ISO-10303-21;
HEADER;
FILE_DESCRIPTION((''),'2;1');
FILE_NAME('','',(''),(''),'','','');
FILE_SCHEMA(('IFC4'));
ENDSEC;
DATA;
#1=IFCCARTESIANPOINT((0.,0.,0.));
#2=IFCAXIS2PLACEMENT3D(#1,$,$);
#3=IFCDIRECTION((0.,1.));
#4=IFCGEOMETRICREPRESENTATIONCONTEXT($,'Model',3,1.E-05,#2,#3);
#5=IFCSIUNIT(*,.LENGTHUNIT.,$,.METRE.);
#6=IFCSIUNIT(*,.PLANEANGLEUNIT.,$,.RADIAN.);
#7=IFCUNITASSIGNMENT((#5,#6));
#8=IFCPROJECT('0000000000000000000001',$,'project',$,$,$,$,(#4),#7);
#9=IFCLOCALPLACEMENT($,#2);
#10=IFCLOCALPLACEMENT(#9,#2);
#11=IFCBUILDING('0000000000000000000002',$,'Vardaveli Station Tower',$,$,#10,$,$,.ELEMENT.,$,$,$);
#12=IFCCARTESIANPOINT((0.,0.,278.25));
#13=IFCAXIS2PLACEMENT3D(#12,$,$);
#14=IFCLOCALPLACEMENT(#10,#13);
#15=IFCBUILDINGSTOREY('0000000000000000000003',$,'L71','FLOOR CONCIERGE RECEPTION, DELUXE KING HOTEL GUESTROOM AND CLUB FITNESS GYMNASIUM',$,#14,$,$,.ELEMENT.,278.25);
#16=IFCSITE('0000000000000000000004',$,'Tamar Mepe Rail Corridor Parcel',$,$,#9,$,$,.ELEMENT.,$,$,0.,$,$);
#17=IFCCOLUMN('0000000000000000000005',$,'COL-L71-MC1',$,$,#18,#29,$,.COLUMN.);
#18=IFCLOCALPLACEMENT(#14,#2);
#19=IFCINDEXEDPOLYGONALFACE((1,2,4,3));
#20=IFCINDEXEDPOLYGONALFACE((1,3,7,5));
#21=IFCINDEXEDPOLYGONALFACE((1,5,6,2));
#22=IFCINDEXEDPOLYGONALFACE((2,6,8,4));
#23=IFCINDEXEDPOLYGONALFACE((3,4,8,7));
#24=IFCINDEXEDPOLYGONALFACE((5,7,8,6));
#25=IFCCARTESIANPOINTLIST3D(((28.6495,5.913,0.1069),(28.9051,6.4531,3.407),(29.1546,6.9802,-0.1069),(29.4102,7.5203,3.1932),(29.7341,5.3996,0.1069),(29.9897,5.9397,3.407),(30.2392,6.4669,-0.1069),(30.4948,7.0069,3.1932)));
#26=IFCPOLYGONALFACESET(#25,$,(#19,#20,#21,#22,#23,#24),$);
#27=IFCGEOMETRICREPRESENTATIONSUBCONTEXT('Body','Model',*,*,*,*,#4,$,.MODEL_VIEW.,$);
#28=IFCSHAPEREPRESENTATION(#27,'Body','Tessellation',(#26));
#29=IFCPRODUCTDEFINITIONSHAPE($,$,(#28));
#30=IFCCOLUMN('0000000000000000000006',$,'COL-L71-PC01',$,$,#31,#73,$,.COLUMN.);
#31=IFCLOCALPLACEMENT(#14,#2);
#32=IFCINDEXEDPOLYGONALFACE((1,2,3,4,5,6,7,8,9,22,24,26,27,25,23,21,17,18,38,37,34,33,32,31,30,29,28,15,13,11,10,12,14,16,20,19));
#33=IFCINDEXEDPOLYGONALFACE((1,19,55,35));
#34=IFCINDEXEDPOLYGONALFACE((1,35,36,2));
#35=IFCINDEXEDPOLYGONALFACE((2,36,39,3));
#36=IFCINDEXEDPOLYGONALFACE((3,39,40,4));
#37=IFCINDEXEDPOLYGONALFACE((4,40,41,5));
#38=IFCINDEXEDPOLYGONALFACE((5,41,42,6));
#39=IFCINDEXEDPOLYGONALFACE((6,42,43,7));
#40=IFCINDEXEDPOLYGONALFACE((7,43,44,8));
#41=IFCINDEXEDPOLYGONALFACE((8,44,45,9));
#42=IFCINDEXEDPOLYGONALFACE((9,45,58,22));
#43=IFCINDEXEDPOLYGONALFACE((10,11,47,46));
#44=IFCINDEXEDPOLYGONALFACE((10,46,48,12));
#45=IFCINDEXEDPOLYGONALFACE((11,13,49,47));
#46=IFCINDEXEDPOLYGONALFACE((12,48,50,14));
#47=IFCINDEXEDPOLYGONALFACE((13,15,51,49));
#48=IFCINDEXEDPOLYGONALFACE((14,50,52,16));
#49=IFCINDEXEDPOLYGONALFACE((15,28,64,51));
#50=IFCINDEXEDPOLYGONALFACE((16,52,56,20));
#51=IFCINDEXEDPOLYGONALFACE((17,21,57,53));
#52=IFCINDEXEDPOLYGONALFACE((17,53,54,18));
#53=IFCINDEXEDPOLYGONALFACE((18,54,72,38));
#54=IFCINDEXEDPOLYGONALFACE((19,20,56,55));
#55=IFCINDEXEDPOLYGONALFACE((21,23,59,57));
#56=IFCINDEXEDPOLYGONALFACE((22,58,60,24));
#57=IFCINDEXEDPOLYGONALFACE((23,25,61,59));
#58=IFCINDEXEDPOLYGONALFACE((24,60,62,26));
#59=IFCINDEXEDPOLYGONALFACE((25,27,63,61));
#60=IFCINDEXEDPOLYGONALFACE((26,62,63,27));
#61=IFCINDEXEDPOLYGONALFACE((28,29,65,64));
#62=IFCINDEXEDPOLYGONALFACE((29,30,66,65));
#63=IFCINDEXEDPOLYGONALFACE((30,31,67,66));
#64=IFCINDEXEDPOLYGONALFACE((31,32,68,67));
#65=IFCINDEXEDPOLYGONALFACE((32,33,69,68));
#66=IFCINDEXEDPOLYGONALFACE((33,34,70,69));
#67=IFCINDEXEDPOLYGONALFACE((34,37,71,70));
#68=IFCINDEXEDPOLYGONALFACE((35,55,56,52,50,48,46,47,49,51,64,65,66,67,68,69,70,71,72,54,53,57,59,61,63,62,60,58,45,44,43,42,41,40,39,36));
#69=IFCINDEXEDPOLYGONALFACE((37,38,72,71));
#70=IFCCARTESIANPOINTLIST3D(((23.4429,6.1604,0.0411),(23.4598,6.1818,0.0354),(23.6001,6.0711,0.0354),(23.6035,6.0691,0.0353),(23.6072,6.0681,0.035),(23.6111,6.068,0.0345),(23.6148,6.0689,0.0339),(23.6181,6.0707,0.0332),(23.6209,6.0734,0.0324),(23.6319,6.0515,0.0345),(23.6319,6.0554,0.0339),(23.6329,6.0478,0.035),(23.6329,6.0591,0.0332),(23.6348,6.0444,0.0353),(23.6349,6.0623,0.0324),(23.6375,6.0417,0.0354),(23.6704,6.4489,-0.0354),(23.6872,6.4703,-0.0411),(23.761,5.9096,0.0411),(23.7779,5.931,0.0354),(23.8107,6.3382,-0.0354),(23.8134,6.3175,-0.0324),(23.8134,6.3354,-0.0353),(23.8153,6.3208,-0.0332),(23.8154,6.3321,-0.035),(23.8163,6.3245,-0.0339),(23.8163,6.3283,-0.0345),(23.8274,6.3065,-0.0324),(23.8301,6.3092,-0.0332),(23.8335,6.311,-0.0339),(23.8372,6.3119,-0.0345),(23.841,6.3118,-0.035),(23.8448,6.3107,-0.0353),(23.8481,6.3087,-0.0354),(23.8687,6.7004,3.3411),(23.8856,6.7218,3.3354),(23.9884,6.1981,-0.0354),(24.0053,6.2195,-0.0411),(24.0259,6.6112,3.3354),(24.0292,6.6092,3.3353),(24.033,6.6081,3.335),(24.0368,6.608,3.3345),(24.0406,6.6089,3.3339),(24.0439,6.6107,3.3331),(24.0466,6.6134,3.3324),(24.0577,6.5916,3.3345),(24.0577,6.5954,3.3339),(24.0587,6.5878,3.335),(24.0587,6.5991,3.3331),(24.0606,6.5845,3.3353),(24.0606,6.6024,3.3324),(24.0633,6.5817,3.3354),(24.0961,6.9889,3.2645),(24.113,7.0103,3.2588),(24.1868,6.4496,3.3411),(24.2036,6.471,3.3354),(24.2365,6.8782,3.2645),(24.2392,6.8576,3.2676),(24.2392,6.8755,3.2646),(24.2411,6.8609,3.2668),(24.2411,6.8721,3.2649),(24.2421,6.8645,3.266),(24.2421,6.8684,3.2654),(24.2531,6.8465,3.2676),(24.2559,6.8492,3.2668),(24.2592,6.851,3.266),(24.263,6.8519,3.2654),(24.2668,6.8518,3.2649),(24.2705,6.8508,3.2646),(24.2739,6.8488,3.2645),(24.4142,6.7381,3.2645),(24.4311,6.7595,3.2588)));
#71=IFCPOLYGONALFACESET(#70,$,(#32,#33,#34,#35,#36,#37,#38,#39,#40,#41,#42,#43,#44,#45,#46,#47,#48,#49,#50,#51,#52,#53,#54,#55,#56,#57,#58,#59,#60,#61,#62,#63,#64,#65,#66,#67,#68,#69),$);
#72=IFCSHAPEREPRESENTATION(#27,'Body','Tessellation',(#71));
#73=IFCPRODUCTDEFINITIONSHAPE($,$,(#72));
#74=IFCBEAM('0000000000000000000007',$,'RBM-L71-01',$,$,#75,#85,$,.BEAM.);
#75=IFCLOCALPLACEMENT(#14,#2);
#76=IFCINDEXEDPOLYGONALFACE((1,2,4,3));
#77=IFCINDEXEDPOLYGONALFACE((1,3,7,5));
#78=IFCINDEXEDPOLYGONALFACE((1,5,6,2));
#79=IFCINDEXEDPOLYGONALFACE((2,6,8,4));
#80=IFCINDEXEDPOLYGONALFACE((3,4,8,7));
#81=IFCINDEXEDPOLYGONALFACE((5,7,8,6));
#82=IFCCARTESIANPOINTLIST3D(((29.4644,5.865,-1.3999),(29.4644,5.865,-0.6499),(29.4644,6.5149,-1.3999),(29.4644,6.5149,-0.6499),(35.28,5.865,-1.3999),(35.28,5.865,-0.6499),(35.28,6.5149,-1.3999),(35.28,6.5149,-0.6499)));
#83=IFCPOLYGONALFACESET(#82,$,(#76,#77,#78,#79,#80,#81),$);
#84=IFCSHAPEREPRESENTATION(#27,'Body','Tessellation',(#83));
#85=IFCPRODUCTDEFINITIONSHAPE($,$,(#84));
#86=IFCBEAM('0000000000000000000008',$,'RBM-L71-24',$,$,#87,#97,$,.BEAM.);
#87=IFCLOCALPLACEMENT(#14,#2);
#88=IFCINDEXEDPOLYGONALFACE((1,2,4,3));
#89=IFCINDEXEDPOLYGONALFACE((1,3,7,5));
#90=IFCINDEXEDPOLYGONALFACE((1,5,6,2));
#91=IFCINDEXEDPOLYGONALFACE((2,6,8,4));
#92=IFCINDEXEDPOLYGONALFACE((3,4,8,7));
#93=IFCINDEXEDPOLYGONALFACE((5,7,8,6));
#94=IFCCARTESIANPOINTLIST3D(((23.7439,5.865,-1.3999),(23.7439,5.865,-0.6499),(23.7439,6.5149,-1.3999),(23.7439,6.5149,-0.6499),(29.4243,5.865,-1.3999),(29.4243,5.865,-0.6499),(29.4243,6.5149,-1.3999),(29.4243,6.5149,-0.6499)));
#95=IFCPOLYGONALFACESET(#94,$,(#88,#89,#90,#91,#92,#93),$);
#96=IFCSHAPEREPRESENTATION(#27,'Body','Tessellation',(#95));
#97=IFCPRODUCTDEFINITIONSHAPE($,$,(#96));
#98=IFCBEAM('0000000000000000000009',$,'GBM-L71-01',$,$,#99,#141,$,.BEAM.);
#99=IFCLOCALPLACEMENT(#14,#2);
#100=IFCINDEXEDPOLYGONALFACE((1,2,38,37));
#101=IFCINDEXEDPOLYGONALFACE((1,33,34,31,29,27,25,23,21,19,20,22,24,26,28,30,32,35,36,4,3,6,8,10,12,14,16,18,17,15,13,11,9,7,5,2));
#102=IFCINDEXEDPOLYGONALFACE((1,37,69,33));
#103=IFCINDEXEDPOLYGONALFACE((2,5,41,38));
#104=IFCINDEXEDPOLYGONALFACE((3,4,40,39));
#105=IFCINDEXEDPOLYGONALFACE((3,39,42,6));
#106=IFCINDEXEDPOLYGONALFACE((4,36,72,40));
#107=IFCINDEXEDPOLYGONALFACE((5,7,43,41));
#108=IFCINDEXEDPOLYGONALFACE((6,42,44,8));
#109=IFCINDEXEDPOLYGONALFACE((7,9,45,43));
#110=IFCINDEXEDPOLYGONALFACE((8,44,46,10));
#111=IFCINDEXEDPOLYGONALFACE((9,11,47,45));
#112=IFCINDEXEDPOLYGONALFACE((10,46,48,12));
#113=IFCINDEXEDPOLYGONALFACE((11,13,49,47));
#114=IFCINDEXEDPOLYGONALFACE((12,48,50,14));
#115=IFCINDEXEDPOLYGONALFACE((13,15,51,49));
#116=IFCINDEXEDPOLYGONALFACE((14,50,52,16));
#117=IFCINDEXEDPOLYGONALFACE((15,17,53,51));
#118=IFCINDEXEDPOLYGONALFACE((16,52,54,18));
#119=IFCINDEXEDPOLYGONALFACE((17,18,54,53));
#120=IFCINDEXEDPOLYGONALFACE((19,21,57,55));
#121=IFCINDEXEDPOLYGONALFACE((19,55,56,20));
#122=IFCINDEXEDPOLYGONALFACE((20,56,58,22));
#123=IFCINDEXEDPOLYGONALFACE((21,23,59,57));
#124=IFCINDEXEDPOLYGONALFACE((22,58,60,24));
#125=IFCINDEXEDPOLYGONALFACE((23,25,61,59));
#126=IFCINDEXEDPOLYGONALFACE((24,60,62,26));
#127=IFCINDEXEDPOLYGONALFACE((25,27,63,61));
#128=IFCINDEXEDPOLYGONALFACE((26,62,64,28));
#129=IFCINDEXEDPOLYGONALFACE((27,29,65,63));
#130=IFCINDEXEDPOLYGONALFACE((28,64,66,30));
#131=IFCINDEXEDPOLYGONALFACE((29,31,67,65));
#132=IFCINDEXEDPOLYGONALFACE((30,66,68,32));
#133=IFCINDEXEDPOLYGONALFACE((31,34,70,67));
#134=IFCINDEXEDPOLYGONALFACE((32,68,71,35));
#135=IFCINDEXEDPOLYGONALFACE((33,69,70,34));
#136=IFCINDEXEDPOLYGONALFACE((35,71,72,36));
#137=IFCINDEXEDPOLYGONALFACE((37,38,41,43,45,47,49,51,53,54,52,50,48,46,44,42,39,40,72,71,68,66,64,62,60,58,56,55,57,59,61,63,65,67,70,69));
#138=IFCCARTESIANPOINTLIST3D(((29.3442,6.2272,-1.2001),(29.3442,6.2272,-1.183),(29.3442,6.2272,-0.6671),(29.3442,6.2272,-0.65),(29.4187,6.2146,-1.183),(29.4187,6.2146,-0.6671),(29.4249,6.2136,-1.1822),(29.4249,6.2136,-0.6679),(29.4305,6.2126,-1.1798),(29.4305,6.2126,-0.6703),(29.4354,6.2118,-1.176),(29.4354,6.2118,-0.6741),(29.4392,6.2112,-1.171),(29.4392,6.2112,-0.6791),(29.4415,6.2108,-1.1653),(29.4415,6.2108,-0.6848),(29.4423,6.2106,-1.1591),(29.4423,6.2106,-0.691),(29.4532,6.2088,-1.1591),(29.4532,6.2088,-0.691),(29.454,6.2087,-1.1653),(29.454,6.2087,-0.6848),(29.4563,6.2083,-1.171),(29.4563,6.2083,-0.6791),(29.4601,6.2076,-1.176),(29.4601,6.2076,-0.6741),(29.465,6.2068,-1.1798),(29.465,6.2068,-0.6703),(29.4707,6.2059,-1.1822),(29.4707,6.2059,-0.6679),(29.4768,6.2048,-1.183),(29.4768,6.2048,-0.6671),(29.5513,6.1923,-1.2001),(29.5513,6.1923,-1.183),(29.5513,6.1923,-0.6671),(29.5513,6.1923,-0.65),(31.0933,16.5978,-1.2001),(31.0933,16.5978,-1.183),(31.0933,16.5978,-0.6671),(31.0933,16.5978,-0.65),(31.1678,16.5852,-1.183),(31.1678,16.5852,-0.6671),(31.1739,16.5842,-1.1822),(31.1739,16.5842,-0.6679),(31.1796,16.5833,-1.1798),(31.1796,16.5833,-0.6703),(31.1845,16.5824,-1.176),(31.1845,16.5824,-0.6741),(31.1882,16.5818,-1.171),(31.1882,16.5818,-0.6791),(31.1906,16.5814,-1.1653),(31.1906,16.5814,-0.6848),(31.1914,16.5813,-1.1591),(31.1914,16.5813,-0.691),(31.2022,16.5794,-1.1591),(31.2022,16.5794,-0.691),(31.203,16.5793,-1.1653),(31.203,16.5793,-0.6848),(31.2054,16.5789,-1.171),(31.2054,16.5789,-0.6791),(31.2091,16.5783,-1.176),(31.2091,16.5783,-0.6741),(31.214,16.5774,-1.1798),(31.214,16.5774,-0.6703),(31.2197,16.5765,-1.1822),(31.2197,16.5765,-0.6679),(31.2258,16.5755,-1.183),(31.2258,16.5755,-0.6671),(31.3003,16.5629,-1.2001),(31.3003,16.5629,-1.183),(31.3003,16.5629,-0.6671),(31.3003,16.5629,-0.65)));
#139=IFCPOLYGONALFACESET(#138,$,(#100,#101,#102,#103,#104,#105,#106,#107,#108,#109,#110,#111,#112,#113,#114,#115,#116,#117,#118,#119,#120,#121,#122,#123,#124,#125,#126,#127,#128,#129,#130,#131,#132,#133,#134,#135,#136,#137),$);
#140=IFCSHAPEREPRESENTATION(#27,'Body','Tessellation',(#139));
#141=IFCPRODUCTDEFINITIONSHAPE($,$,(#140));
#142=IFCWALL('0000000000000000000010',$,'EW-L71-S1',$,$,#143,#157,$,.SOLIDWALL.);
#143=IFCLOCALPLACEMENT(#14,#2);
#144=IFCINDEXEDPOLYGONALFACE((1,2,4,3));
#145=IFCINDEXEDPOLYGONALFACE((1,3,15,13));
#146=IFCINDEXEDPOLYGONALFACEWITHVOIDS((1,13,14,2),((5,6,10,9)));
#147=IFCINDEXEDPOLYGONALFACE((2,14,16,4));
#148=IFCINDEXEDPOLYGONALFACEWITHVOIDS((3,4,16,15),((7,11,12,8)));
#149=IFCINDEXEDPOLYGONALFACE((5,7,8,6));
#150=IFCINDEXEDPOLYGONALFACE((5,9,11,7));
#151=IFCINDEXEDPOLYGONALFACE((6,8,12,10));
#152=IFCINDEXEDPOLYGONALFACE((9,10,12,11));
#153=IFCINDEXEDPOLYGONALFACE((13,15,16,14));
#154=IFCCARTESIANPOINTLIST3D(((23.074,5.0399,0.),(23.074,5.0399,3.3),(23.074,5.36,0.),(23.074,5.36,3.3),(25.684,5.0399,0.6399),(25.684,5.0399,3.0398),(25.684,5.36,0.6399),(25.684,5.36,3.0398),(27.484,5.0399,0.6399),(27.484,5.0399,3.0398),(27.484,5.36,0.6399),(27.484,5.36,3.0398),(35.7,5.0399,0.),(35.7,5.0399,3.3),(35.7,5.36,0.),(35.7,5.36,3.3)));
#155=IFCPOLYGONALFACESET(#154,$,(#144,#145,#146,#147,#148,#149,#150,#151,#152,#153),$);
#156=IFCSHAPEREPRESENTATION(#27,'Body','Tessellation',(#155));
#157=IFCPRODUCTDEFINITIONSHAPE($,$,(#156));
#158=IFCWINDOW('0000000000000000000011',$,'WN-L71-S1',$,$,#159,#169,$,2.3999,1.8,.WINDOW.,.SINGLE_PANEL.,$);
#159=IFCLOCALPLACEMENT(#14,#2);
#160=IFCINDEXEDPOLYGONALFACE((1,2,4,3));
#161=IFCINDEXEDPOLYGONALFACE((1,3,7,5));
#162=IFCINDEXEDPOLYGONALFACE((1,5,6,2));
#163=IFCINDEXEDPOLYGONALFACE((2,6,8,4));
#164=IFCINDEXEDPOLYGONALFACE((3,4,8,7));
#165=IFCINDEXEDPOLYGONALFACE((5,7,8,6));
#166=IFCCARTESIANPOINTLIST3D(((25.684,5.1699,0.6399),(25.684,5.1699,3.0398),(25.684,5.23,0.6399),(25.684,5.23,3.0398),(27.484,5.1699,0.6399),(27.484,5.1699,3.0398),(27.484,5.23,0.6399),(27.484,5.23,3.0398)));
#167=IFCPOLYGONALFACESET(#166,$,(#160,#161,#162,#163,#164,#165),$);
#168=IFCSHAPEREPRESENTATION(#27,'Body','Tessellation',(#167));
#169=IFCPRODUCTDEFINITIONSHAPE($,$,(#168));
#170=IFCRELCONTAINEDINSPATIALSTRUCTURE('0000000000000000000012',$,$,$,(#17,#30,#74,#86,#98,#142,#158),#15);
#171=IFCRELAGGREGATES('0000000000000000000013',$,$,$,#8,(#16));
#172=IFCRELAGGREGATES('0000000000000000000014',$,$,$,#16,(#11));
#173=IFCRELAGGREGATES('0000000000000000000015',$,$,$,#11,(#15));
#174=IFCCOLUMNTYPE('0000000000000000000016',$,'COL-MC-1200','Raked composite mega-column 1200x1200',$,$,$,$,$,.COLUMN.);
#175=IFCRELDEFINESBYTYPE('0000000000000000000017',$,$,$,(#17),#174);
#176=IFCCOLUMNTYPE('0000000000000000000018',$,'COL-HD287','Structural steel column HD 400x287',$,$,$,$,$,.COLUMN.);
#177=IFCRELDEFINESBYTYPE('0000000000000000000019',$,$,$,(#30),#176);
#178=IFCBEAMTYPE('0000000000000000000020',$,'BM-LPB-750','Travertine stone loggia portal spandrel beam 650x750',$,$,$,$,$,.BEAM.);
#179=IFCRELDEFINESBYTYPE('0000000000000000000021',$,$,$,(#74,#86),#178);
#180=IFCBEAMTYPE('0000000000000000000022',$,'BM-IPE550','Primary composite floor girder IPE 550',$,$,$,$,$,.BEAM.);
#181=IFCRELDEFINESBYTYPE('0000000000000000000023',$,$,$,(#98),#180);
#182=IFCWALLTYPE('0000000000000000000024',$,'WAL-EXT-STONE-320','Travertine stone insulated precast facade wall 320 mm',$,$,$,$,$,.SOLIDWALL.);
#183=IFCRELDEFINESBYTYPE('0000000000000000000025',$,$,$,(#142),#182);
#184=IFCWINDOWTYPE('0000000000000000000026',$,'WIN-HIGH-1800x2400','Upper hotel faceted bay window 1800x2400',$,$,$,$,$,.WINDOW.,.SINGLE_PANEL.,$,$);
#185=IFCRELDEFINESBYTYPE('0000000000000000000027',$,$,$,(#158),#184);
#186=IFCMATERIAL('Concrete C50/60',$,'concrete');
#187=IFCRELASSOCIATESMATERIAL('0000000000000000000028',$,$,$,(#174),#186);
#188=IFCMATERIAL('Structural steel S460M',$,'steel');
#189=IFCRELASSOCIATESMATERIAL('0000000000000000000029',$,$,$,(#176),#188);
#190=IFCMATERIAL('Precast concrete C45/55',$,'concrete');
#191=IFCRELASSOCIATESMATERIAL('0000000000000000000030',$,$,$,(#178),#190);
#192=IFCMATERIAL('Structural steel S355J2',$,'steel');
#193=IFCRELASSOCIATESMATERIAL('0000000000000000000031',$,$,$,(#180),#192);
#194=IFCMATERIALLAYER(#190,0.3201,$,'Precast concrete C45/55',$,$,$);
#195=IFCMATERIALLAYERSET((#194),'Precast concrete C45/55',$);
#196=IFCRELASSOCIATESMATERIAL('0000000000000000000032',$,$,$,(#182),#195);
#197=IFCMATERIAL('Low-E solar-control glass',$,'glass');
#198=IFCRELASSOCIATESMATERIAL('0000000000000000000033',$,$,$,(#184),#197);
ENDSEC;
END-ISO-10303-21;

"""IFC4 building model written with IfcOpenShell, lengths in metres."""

from ifc_helpers import new_model, si_unit, direction, frame, frame_2d, origin, origin_2d, place, context, subcontext, project, spatial, rectangle, i_section, extrude, source, transform, mapped, material, layer, layer_set, material_profile, profile_set, type_object, element, fill, save


model = new_model("IFC4")

# Units and contexts
model_context = context("Model", 3, precision=1e-05, world=origin(), true_north=direction((0.0, 1.0)))
body_context = subcontext(model_context, "Body", "Model", "MODEL_VIEW")
ifc_project = project(units=[si_unit("LENGTHUNIT", "METRE"), si_unit("PLANEANGLEUNIT", "RADIAN")], contexts=[model_context])

# Site, building, storey
site_placement = place(None, origin())
site = spatial("IfcSite", under=ifc_project, at=site_placement, Name="Tamar Mepe Rail Corridor Parcel", CompositionType="ELEMENT", RefElevation=0.0)
building_placement = place(site_placement, origin())
building = spatial("IfcBuilding", under=site, at=building_placement, Name="Vardaveli Station Tower", CompositionType="ELEMENT")
storey_placement = place(building_placement, frame((0.0, 0.0, 278.25)))
storey = spatial("IfcBuildingStorey", under=building, at=storey_placement, Name="L71", Description="FLOOR CONCIERGE RECEPTION, DELUXE KING HOTEL GUESTROOM AND CLUB FITNESS GYMNASIUM", CompositionType="ELEMENT", Elevation=278.25)

# Columns
ifc_material_1 = material(Name="Concrete C50/60", Category="concrete")
ifc_material_profile_1 = material_profile(ifc_material_1, rectangle(XDim=1.2, YDim=1.2, at=origin_2d()), Name="MC 1200x1200")
ifc_profile_set_1 = profile_set([ifc_material_profile_1], Name="Concrete C50/60")
column_type_1 = type_object("IfcColumnType", Name="COL-MC-1200", Description="Raked composite mega-column 1200x1200", PredefinedType="COLUMN", material=ifc_profile_set_1)
shared_shape_1 = source(origin(), body_context, "Body", "SweptSolid", [
    extrude(rectangle(XDim=1.2, YDim=1.2, at=origin_2d()), origin(), (0.0, 0.0, 1.0), 3.3538),
])
column_1_placement = place(storey_placement, frame((29.4443, 6.1899, 0.0), z_axis=(0.076219, 0.161028, 0.984002), x_axis=(-0.903863, 0.427823, 0.0)))
element("IfcColumn", 1, at=column_1_placement, inside=storey, type_object=column_type_1, Name="COL-L71-MC1", PredefinedType="COLUMN", context=body_context, shape_type="MappedRepresentation", body=[
    mapped(shared_shape_1, transform((0.0, 0.0, 0.0), scale=1.0)),
])
ifc_material_2 = material(Name="Structural steel S460M", Category="steel")
ifc_material_profile_2 = material_profile(ifc_material_2, i_section(OverallWidth=0.405, OverallDepth=0.4031, WebThickness=0.0178, FlangeThickness=0.0278, FilletRadius=0.0149, at=origin_2d()), Name="HD 400x287")
ifc_profile_set_2 = profile_set([ifc_material_profile_2], Name="Structural steel S460M")
column_type_2 = type_object("IfcColumnType", Name="COL-HD287", Description="Structural steel column HD 400x287", PredefinedType="COLUMN", material=ifc_profile_set_2)
shared_shape_2 = source(origin(), body_context, "Body", "SweptSolid", [
    extrude(i_section(OverallWidth=0.405, OverallDepth=0.4031, WebThickness=0.0178, FlangeThickness=0.0278, FilletRadius=0.0149, at=origin_2d()), origin(), (0.0, 0.0, 1.0), 3.3708),
])
column_2_placement = place(storey_placement, frame((23.7241, 6.1899, 0.0), z_axis=(0.126309, 0.160204, 0.978969), x_axis=(-0.785282, 0.619138, 0.0)))
element("IfcColumn", 2, at=column_2_placement, inside=storey, type_object=column_type_2, Name="COL-L71-PC01", PredefinedType="COLUMN", context=body_context, shape_type="MappedRepresentation", body=[
    mapped(shared_shape_2, transform((0.0, 0.0, 0.0), scale=1.0)),
])

# Beams
ifc_material_3 = material(Name="Precast concrete C45/55", Category="concrete")
ifc_material_profile_3 = material_profile(ifc_material_3, rectangle(XDim=0.6499, YDim=0.75, at=origin_2d()), Name="LPB 650x750")
ifc_profile_set_3 = profile_set([ifc_material_profile_3], Name="Precast concrete C45/55")
beam_type_1 = type_object("IfcBeamType", Name="BM-LPB-750", Description="Travertine stone loggia portal spandrel beam 650x750", PredefinedType="BEAM", material=ifc_profile_set_3)
shared_shape_3 = source(origin(), body_context, "Body", "SweptSolid", [
    extrude(rectangle(XDim=0.6499, YDim=0.75, at=origin_2d()), origin(), (0.0, 0.0, 1.0), 5.8157),
])
beam_1_placement = place(storey_placement, frame((29.4644, 6.1899, -1.0249), z_axis=(1.0, 0.0, 0.0), x_axis=(0.0, 1.0, 0.0)))
element("IfcBeam", 3, at=beam_1_placement, inside=storey, type_object=beam_type_1, Name="RBM-L71-01", PredefinedType="BEAM", context=body_context, shape_type="MappedRepresentation", body=[
    mapped(shared_shape_3, transform((0.0, 0.0, 0.0), scale=1.0)),
])
shared_shape_4 = source(origin(), body_context, "Body", "SweptSolid", [
    extrude(rectangle(XDim=0.6499, YDim=0.75, at=origin_2d()), origin(), (0.0, 0.0, 1.0), 5.6804),
])
beam_2_placement = place(storey_placement, frame((23.7439, 6.1899, -1.0249), z_axis=(1.0, 0.0, 0.0), x_axis=(0.0, 1.0, 0.0)))
element("IfcBeam", 4, at=beam_2_placement, inside=storey, type_object=beam_type_1, Name="RBM-L71-24", PredefinedType="BEAM", context=body_context, shape_type="MappedRepresentation", body=[
    mapped(shared_shape_4, transform((0.0, 0.0, 0.0), scale=1.0)),
])
ifc_material_4 = material(Name="Structural steel S355J2", Category="steel")
ifc_material_profile_4 = material_profile(ifc_material_4, i_section(OverallWidth=0.21, OverallDepth=0.55, WebThickness=0.011, FlangeThickness=0.0171, FilletRadius=0.0239, at=origin_2d()), Name="IPE 550")
ifc_profile_set_4 = profile_set([ifc_material_profile_4], Name="Structural steel S355J2")
beam_type_2 = type_object("IfcBeamType", Name="BM-IPE550", Description="Primary composite floor girder IPE 550", PredefinedType="BEAM", material=ifc_profile_set_4)
shared_shape_5 = source(origin(), body_context, "Body", "SweptSolid", [
    extrude(i_section(OverallWidth=0.21, OverallDepth=0.55, WebThickness=0.011, FlangeThickness=0.0171, FilletRadius=0.0239, at=origin_2d()), origin(), (0.0, 0.0, 1.0), 10.5171),
])
beam_3_placement = place(storey_placement, frame((29.4478, 6.2097, -0.925), z_axis=(0.166303, 0.986075, 0.0), x_axis=(-0.986075, 0.166303, 0.0)))
element("IfcBeam", 5, at=beam_3_placement, inside=storey, type_object=beam_type_2, Name="GBM-L71-01", PredefinedType="BEAM", context=body_context, shape_type="MappedRepresentation", body=[
    mapped(shared_shape_5, transform((0.0, 0.0, 0.0), scale=1.0)),
])

# Wall, opening, window
ifc_layer_1 = layer(ifc_material_3, 0.3201, Name="Precast concrete C45/55")
ifc_layer_set_1 = layer_set([ifc_layer_1], Name="Precast concrete C45/55")
wall_type_1 = type_object("IfcWallType", Name="WAL-EXT-STONE-320", Description="Travertine stone insulated precast facade wall 320 mm", PredefinedType="SOLIDWALL", material=ifc_layer_set_1)
shared_shape_6 = source(origin(), body_context, "Body", "SweptSolid", [
    extrude(rectangle(XDim=12.626, YDim=0.3201, at=frame_2d((6.313, 0.0))), origin(), (0.0, 0.0, 1.0), 3.3),
])
wall_1_placement = place(storey_placement, frame((23.074, 5.2, 0.0), z_axis=(0.0, 0.0, 1.0), x_axis=(1.0, 0.0, 0.0)))
wall_1 = element("IfcWall", 6, at=wall_1_placement, inside=storey, type_object=wall_type_1, Name="EW-L71-S1", PredefinedType="SOLIDWALL", context=body_context, shape_type="MappedRepresentation", body=[
    mapped(shared_shape_6, transform((0.0, 0.0, 0.0), scale=1.0)),
])
shared_shape_7 = source(origin(), body_context, "Body", "SweptSolid", [
    extrude(rectangle(XDim=1.8, YDim=2.3999, at=frame_2d((0.8999, 1.2))), frame((0.0, 0.1699, 0.0), z_axis=(0.0, -1.0, 0.0), x_axis=(1.0, 0.0, 0.0)), (0.0, 0.0, 1.0), 0.3401),
])
opening_1_placement = place(wall_1_placement, frame((2.6101, 0.0, 0.6399)))
opening_1 = element("IfcOpeningElement", 7, at=opening_1_placement, cuts=wall_1, PredefinedType="OPENING", context=body_context, shape_type="MappedRepresentation", body=[
    mapped(shared_shape_7, transform((0.0, 0.0, 0.0), scale=1.0)),
])
ifc_material_5 = material(Name="Low-E solar-control glass", Category="glass")
window_type = type_object("IfcWindowType", Name="WIN-HIGH-1800x2400", Description="Upper hotel faceted bay window 1800x2400", PartitioningType="SINGLE_PANEL", PredefinedType="WINDOW", material=ifc_material_5)
shared_shape_8 = source(origin(), body_context, "Body", "SweptSolid", [
    extrude(rectangle(XDim=1.8, YDim=2.3999, at=frame_2d((0.8999, 1.2))), frame((0.0, 0.03, 0.0), z_axis=(0.0, -1.0, 0.0), x_axis=(1.0, 0.0, 0.0)), (0.0, 0.0, 1.0), 0.0601),
])
window_placement = place(opening_1_placement, origin())
window = element("IfcWindow", 8, at=window_placement, inside=storey, type_object=window_type, Name="WN-L71-S1", OverallHeight=2.3999, OverallWidth=1.8, PartitioningType="SINGLE_PANEL", PredefinedType="WINDOW", context=body_context, shape_type="MappedRepresentation", body=[
    mapped(shared_shape_8, transform((0.0, 0.0, 0.0), scale=1.0)),
])
fill(opening_1, window)

save(model, "model.ifc")
